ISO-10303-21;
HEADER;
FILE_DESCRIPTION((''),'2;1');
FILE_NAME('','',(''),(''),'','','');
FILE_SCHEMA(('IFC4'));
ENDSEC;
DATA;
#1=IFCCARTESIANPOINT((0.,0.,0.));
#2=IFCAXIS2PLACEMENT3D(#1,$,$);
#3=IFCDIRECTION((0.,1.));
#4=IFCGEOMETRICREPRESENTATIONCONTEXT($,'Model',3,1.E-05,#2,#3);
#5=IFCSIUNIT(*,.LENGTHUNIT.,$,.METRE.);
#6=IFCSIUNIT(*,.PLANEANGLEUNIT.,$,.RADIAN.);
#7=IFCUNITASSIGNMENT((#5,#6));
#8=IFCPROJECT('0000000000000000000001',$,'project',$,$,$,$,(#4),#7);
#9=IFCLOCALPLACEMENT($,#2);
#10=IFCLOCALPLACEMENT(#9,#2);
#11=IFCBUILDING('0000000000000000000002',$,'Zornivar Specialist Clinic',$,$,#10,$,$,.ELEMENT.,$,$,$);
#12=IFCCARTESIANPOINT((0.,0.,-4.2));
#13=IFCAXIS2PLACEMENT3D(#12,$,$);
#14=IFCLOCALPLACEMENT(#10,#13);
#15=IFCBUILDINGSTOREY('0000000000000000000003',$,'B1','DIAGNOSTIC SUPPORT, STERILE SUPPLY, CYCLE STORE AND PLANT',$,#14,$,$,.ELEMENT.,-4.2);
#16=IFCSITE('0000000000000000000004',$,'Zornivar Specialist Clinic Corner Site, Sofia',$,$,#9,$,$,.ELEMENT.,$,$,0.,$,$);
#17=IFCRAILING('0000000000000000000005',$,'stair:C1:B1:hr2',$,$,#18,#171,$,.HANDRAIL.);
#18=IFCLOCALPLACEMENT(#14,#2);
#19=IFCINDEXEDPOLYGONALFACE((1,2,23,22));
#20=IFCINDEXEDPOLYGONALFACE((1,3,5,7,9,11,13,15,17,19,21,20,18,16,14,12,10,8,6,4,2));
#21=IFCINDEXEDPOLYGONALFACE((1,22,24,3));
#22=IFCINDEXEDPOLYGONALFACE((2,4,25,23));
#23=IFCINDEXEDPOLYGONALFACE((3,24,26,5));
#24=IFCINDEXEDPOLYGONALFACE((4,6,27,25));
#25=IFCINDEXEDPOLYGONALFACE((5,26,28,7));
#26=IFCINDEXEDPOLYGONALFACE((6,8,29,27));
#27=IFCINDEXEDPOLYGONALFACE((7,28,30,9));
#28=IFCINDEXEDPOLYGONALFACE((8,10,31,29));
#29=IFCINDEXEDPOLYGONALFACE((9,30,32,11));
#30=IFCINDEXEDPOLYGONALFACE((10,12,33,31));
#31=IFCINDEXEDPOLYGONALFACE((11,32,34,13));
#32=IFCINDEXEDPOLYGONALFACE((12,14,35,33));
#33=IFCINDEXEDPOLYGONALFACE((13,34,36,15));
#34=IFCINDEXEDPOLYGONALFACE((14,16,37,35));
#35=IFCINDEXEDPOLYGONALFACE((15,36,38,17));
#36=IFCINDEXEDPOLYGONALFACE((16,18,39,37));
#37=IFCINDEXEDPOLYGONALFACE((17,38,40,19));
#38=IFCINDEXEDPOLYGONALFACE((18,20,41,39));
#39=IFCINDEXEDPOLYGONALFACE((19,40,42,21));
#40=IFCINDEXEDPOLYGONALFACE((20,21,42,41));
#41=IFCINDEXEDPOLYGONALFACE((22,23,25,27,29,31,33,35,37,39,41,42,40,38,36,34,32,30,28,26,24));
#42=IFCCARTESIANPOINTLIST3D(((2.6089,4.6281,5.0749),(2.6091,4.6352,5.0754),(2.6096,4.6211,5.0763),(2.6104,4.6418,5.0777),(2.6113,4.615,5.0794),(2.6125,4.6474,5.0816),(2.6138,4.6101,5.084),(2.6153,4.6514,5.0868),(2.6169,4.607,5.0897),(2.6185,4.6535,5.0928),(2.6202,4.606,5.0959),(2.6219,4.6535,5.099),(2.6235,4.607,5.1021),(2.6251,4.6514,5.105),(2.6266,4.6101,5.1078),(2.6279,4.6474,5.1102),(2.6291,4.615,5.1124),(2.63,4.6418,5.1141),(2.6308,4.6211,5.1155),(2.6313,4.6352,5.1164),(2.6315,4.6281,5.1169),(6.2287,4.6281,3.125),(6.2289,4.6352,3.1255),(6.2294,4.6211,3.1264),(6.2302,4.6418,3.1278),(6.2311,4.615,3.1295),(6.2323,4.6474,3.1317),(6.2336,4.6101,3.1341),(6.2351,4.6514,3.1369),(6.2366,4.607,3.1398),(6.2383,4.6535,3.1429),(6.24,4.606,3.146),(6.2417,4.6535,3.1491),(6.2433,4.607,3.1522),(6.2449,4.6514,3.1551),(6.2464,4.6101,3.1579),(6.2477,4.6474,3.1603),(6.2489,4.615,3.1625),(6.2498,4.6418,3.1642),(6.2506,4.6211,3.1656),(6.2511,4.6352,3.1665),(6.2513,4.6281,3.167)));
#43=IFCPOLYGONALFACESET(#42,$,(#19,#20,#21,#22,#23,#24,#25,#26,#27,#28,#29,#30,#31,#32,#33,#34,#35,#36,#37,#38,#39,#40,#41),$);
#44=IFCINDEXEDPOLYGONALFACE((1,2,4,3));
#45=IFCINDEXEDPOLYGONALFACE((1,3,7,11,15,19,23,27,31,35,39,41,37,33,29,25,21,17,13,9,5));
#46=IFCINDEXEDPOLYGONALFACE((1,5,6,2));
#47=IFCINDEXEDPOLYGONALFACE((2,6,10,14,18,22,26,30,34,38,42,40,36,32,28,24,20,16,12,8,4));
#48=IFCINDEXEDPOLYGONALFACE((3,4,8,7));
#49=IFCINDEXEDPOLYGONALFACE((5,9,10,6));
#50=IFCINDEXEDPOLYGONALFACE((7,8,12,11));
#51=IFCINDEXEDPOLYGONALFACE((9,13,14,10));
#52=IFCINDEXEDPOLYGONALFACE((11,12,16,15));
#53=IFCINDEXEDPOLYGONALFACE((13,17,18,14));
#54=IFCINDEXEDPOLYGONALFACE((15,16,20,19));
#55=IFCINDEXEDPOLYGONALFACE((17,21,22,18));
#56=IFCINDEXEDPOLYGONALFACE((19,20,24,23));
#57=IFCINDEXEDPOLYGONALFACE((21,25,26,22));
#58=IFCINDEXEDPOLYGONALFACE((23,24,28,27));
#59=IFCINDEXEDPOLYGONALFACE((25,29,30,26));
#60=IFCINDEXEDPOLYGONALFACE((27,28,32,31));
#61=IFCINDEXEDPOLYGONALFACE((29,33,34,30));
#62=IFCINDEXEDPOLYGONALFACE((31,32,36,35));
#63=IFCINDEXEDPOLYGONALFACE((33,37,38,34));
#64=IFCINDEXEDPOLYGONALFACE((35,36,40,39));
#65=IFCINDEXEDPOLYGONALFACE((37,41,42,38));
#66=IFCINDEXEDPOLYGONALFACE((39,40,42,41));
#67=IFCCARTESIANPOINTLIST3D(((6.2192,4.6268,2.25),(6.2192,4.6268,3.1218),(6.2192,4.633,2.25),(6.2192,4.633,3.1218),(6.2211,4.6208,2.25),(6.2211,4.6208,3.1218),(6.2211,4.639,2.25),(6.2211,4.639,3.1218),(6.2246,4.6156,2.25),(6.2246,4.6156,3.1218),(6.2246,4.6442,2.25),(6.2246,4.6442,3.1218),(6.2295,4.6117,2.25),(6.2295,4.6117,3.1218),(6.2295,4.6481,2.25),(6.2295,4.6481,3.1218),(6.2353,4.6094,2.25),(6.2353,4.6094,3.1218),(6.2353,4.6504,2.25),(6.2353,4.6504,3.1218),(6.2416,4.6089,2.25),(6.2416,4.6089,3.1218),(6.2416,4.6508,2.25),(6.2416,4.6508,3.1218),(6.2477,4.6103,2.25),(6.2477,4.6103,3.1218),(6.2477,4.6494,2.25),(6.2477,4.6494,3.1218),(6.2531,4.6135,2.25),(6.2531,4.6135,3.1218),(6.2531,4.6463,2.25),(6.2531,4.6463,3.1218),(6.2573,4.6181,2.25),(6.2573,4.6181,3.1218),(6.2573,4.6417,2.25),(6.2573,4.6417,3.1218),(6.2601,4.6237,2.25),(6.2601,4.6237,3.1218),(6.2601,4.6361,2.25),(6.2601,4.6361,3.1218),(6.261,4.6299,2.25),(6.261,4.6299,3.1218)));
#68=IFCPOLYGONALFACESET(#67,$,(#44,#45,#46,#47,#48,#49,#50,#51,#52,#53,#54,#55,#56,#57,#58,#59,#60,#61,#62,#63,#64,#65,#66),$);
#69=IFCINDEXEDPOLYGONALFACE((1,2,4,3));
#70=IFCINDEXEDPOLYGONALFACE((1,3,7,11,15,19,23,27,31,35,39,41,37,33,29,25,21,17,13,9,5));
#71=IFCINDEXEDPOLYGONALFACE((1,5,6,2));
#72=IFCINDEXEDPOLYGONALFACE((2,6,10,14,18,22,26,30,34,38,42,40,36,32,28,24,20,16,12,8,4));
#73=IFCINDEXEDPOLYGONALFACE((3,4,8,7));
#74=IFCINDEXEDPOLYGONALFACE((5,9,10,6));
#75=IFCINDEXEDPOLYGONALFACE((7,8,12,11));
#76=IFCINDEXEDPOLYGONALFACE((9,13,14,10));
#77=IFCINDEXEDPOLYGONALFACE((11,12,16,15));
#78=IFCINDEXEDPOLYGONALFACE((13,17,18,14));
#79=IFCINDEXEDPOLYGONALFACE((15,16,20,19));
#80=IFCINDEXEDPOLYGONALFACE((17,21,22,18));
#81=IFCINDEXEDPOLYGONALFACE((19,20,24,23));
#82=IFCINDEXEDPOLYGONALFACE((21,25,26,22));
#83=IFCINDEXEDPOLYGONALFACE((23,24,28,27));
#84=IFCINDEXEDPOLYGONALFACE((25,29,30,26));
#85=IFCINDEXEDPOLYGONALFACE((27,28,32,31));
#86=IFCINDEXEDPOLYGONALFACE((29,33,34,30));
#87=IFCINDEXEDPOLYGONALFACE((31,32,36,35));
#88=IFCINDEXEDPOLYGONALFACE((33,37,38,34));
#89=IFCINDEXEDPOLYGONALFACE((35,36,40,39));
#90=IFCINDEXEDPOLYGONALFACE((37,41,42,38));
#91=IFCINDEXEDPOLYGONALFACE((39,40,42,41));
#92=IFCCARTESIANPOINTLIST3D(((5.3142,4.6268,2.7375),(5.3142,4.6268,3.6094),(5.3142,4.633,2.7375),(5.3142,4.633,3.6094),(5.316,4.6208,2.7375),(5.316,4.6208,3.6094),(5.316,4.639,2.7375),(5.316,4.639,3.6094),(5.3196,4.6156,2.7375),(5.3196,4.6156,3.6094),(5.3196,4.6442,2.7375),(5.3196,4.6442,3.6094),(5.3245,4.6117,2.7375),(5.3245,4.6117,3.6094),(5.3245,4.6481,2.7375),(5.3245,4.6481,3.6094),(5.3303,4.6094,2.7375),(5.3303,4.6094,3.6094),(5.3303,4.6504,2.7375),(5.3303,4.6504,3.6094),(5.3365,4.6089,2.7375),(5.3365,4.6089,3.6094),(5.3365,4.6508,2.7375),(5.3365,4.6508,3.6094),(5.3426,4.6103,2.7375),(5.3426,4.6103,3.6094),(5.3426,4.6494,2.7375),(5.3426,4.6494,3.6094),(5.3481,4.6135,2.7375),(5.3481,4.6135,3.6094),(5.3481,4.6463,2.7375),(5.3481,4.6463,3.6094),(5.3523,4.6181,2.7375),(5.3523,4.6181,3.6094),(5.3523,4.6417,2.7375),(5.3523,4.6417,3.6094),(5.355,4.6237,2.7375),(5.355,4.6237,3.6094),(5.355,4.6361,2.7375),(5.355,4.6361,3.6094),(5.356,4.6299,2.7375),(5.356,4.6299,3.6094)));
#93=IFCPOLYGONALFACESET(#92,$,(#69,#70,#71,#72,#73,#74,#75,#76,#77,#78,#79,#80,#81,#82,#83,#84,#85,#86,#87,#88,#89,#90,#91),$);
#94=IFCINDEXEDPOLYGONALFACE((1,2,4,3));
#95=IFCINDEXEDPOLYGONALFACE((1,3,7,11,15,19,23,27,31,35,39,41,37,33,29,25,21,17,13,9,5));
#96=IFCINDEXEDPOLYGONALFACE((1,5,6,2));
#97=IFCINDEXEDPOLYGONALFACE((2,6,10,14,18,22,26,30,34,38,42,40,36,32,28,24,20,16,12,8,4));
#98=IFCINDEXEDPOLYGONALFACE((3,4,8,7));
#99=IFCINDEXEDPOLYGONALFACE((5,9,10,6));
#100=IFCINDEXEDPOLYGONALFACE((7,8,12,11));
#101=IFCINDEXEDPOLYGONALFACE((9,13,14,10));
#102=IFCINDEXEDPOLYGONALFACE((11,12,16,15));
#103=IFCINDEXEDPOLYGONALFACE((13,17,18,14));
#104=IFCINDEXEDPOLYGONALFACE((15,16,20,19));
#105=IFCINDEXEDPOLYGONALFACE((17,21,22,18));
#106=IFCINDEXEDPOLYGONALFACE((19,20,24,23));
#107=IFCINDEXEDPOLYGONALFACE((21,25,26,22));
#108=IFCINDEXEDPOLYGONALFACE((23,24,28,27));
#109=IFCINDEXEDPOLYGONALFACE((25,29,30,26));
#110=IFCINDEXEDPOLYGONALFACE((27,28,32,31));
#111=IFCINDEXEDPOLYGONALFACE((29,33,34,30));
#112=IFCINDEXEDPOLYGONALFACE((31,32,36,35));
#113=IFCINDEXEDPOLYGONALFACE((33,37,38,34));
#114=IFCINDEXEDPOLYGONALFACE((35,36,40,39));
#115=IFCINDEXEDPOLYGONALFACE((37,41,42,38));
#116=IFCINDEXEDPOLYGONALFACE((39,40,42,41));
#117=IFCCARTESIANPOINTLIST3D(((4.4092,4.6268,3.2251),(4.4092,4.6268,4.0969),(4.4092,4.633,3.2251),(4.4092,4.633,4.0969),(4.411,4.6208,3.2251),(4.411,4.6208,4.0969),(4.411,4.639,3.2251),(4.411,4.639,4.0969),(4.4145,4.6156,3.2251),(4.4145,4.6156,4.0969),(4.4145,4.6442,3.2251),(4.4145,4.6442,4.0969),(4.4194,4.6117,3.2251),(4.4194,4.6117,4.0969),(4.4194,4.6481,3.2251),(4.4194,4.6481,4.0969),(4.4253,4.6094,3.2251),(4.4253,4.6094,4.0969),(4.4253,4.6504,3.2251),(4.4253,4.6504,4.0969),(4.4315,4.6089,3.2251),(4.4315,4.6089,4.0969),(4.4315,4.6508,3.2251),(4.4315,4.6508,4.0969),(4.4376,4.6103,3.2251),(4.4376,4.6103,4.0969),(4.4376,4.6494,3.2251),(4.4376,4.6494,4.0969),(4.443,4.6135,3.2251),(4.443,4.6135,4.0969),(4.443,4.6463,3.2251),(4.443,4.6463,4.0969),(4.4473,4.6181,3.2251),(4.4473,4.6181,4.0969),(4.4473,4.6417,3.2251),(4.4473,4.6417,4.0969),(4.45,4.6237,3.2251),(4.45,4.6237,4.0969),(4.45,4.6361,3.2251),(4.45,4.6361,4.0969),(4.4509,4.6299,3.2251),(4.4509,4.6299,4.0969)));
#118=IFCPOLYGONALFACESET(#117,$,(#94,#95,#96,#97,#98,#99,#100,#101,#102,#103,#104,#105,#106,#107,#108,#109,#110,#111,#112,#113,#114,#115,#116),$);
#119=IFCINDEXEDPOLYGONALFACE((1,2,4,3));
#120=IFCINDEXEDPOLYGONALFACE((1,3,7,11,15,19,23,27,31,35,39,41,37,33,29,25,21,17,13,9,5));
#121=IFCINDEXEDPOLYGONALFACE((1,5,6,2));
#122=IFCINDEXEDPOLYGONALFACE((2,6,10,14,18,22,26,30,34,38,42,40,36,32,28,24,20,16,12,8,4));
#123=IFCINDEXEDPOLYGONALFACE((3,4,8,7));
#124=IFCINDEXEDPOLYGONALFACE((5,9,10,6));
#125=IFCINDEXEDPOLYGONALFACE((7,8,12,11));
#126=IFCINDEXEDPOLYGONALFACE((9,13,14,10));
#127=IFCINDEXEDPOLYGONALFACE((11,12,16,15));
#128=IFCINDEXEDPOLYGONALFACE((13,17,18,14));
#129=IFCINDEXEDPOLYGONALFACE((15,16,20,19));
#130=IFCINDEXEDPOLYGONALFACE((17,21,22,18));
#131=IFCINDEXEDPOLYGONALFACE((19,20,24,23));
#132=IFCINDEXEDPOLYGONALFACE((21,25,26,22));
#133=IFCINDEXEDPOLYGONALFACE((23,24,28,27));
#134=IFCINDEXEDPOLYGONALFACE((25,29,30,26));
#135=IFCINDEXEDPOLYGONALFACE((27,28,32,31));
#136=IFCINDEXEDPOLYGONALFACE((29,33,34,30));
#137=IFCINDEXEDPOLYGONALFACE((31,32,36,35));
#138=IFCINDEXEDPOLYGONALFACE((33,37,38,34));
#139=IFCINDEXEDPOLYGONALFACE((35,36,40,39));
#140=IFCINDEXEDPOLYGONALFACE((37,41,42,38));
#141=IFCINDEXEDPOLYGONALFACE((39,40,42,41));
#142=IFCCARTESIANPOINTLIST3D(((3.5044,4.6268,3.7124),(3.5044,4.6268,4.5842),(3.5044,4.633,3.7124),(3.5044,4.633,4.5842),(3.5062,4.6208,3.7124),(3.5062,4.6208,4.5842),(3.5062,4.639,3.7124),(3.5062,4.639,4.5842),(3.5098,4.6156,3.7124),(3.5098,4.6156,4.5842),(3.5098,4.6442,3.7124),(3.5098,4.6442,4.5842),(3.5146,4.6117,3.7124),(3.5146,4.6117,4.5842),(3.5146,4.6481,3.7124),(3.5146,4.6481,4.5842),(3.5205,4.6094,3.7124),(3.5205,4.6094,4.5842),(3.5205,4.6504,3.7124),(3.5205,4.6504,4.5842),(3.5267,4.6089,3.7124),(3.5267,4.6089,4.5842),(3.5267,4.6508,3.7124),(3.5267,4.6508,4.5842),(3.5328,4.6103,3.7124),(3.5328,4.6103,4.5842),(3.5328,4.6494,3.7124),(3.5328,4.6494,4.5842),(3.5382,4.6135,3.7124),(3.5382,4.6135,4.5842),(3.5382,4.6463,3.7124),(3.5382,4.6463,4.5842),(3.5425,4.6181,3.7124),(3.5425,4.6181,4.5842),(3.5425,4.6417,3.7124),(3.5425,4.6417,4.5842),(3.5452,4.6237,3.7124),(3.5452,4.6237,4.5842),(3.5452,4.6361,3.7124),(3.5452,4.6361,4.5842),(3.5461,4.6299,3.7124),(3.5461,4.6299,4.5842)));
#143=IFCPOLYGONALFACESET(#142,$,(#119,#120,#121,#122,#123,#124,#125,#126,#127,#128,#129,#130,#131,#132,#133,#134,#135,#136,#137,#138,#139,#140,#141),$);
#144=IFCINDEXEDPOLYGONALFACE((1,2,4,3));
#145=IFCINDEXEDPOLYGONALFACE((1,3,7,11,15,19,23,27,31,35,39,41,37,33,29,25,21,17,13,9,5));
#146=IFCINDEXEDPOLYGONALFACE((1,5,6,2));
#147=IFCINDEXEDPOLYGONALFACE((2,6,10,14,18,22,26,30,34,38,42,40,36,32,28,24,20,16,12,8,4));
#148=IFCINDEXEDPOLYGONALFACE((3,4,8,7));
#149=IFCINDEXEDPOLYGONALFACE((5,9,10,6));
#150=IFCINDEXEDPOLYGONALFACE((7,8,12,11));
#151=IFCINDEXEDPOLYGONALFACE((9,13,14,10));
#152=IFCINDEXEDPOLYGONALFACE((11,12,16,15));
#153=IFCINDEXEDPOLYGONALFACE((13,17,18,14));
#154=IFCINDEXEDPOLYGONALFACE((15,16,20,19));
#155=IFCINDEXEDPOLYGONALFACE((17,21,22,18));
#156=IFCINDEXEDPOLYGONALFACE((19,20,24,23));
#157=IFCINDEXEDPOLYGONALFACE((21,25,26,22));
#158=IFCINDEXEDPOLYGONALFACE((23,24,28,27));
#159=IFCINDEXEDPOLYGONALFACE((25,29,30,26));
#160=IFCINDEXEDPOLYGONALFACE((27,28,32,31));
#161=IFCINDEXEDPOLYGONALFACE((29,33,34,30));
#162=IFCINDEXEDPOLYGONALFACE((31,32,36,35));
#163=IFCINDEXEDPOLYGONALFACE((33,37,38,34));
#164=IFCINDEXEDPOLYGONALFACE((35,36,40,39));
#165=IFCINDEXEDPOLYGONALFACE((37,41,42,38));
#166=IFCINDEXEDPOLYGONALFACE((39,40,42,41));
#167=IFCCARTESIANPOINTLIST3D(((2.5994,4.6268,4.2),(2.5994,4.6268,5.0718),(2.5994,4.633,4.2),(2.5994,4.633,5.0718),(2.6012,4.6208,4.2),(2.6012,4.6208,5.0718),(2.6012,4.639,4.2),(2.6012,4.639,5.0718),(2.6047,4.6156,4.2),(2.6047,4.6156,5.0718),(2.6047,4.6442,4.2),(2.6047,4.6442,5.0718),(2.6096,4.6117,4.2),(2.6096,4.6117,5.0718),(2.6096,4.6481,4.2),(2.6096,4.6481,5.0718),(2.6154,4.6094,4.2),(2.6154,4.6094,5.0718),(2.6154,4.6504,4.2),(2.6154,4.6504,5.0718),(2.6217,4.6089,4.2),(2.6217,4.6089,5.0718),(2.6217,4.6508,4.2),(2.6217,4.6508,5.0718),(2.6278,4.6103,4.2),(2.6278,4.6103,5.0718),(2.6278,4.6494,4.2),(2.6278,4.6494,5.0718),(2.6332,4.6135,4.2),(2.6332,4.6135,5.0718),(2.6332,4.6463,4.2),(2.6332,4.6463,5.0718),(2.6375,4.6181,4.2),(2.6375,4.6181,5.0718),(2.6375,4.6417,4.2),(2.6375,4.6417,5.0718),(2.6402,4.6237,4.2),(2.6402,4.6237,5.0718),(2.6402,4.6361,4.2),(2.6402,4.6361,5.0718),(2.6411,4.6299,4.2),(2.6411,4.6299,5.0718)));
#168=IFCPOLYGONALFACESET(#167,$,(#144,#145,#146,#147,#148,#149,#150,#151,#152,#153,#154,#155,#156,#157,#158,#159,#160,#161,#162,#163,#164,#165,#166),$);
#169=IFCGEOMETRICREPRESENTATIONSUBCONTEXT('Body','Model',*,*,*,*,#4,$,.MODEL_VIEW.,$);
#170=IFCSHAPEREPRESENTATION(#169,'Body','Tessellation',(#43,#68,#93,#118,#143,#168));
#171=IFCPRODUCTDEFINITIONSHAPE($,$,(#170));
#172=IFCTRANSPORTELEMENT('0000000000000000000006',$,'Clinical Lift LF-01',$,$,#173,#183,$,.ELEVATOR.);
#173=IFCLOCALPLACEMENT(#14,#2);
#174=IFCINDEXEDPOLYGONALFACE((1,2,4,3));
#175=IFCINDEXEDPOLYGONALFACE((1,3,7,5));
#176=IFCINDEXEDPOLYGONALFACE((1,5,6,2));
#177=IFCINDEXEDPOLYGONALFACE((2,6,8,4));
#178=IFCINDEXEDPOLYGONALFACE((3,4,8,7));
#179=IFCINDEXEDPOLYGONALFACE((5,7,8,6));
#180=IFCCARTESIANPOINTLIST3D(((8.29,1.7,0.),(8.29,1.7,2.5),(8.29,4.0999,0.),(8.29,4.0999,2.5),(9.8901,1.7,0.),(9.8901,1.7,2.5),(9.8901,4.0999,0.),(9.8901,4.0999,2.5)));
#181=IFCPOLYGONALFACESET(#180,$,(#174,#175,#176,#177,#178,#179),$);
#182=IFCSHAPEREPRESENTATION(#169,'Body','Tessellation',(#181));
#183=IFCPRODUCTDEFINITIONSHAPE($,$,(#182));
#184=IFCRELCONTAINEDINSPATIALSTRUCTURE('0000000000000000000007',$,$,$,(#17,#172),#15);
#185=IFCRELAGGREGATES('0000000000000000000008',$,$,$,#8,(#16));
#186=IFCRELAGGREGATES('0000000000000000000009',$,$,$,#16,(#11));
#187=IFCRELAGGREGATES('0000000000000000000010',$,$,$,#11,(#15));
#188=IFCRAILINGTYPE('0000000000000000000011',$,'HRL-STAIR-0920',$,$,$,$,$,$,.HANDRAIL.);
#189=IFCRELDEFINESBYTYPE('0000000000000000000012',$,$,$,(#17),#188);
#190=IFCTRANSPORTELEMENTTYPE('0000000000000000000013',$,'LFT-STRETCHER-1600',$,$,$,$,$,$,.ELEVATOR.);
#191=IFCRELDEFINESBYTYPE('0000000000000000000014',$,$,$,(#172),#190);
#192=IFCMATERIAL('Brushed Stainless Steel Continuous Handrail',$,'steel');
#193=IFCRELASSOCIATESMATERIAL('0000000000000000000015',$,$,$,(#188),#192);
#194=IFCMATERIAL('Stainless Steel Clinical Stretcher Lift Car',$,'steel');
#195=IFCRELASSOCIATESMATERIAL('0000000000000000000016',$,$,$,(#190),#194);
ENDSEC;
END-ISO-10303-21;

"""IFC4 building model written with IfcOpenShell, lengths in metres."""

from ifc_helpers import new_model, si_unit, direction, frame, origin, origin_2d, place, context, subcontext, project, spatial, rectangle, circle, extrude, material, type_object, element, save


model = new_model("IFC4")

# Units and contexts
model_context = context("Model", 3, precision=1e-05, world=origin(), true_north=direction((0.0, 1.0)))
body_context = subcontext(model_context, "Body", "Model", "MODEL_VIEW")
ifc_project = project(units=[si_unit("LENGTHUNIT", "METRE"), si_unit("PLANEANGLEUNIT", "RADIAN")], contexts=[model_context])

# Site, building, storey
site_placement = place(None, origin())
site = spatial("IfcSite", under=ifc_project, at=site_placement, Name="Zornivar Specialist Clinic Corner Site, Sofia", CompositionType="ELEMENT", RefElevation=0.0)
building_placement = place(site_placement, origin())
building = spatial("IfcBuilding", under=site, at=building_placement, Name="Zornivar Specialist Clinic", CompositionType="ELEMENT")
storey_placement = place(building_placement, frame((0.0, 0.0, -4.2)))
storey = spatial("IfcBuildingStorey", under=building, at=storey_placement, Name="B1", Description="DIAGNOSTIC SUPPORT, STERILE SUPPLY, CYCLE STORE AND PLANT", CompositionType="ELEMENT", Elevation=-4.2)

# Railing
ifc_material_1 = material(Name="Brushed Stainless Steel Continuous Handrail", Category="steel")
railing_type_1 = type_object("IfcRailingType", Name="HRL-STAIR-0920", PredefinedType="HANDRAIL", material=ifc_material_1)
railing_1_placement = place(storey_placement, frame((6.24, 4.6299, 2.25)))
element("IfcRailing", 1, at=railing_1_placement, inside=storey, type_object=railing_type_1, Name="stair:C1:B1:hr2", PredefinedType="HANDRAIL", context=body_context, shape_type="SweptSolid", body=[
    extrude(circle(Radius=0.0239, at=origin_2d()), frame((0.0, 0.0, 0.896), z_axis=(-0.880391, 0.0, 0.474249), x_axis=(0.0, -1.0, 0.0)), (0.0, 0.0, 1.0), 4.1116),
    extrude(circle(Radius=0.021, at=origin_2d()), origin(), (0.0, 0.0, 1.0), 0.8718),
    extrude(circle(Radius=0.021, at=origin_2d()), frame((-0.905, 0.0, 0.4875)), (0.0, 0.0, 1.0), 0.8718),
    extrude(circle(Radius=0.021, at=origin_2d()), frame((-1.8101, 0.0, 0.9751)), (0.0, 0.0, 1.0), 0.8718),
    extrude(circle(Radius=0.021, at=origin_2d()), frame((-2.7148, 0.0, 1.4624)), (0.0, 0.0, 1.0), 0.8718),
    extrude(circle(Radius=0.021, at=origin_2d()), frame((-3.6199, 0.0, 1.95)), (0.0, 0.0, 1.0), 0.8718),
])

# Transport element
ifc_material_2 = material(Name="Stainless Steel Clinical Stretcher Lift Car", Category="steel")
transport_element_type = type_object("IfcTransportElementType", Name="LFT-STRETCHER-1600", PredefinedType="ELEVATOR", material=ifc_material_2)
transport_element_placement = place(storey_placement, frame((9.0901, 2.8999, 0.0), z_axis=(0.0, 0.0, 1.0), x_axis=(1.0, 0.0, 0.0)))
element("IfcTransportElement", 2, at=transport_element_placement, inside=storey, type_object=transport_element_type, Name="Clinical Lift LF-01", PredefinedType="ELEVATOR", context=body_context, shape_type="SweptSolid", body=[
    extrude(rectangle(XDim=1.6001, YDim=2.3999, at=origin_2d()), origin(), (0.0, 0.0, 1.0), 2.5),
])

save(model, "model.ifc")
